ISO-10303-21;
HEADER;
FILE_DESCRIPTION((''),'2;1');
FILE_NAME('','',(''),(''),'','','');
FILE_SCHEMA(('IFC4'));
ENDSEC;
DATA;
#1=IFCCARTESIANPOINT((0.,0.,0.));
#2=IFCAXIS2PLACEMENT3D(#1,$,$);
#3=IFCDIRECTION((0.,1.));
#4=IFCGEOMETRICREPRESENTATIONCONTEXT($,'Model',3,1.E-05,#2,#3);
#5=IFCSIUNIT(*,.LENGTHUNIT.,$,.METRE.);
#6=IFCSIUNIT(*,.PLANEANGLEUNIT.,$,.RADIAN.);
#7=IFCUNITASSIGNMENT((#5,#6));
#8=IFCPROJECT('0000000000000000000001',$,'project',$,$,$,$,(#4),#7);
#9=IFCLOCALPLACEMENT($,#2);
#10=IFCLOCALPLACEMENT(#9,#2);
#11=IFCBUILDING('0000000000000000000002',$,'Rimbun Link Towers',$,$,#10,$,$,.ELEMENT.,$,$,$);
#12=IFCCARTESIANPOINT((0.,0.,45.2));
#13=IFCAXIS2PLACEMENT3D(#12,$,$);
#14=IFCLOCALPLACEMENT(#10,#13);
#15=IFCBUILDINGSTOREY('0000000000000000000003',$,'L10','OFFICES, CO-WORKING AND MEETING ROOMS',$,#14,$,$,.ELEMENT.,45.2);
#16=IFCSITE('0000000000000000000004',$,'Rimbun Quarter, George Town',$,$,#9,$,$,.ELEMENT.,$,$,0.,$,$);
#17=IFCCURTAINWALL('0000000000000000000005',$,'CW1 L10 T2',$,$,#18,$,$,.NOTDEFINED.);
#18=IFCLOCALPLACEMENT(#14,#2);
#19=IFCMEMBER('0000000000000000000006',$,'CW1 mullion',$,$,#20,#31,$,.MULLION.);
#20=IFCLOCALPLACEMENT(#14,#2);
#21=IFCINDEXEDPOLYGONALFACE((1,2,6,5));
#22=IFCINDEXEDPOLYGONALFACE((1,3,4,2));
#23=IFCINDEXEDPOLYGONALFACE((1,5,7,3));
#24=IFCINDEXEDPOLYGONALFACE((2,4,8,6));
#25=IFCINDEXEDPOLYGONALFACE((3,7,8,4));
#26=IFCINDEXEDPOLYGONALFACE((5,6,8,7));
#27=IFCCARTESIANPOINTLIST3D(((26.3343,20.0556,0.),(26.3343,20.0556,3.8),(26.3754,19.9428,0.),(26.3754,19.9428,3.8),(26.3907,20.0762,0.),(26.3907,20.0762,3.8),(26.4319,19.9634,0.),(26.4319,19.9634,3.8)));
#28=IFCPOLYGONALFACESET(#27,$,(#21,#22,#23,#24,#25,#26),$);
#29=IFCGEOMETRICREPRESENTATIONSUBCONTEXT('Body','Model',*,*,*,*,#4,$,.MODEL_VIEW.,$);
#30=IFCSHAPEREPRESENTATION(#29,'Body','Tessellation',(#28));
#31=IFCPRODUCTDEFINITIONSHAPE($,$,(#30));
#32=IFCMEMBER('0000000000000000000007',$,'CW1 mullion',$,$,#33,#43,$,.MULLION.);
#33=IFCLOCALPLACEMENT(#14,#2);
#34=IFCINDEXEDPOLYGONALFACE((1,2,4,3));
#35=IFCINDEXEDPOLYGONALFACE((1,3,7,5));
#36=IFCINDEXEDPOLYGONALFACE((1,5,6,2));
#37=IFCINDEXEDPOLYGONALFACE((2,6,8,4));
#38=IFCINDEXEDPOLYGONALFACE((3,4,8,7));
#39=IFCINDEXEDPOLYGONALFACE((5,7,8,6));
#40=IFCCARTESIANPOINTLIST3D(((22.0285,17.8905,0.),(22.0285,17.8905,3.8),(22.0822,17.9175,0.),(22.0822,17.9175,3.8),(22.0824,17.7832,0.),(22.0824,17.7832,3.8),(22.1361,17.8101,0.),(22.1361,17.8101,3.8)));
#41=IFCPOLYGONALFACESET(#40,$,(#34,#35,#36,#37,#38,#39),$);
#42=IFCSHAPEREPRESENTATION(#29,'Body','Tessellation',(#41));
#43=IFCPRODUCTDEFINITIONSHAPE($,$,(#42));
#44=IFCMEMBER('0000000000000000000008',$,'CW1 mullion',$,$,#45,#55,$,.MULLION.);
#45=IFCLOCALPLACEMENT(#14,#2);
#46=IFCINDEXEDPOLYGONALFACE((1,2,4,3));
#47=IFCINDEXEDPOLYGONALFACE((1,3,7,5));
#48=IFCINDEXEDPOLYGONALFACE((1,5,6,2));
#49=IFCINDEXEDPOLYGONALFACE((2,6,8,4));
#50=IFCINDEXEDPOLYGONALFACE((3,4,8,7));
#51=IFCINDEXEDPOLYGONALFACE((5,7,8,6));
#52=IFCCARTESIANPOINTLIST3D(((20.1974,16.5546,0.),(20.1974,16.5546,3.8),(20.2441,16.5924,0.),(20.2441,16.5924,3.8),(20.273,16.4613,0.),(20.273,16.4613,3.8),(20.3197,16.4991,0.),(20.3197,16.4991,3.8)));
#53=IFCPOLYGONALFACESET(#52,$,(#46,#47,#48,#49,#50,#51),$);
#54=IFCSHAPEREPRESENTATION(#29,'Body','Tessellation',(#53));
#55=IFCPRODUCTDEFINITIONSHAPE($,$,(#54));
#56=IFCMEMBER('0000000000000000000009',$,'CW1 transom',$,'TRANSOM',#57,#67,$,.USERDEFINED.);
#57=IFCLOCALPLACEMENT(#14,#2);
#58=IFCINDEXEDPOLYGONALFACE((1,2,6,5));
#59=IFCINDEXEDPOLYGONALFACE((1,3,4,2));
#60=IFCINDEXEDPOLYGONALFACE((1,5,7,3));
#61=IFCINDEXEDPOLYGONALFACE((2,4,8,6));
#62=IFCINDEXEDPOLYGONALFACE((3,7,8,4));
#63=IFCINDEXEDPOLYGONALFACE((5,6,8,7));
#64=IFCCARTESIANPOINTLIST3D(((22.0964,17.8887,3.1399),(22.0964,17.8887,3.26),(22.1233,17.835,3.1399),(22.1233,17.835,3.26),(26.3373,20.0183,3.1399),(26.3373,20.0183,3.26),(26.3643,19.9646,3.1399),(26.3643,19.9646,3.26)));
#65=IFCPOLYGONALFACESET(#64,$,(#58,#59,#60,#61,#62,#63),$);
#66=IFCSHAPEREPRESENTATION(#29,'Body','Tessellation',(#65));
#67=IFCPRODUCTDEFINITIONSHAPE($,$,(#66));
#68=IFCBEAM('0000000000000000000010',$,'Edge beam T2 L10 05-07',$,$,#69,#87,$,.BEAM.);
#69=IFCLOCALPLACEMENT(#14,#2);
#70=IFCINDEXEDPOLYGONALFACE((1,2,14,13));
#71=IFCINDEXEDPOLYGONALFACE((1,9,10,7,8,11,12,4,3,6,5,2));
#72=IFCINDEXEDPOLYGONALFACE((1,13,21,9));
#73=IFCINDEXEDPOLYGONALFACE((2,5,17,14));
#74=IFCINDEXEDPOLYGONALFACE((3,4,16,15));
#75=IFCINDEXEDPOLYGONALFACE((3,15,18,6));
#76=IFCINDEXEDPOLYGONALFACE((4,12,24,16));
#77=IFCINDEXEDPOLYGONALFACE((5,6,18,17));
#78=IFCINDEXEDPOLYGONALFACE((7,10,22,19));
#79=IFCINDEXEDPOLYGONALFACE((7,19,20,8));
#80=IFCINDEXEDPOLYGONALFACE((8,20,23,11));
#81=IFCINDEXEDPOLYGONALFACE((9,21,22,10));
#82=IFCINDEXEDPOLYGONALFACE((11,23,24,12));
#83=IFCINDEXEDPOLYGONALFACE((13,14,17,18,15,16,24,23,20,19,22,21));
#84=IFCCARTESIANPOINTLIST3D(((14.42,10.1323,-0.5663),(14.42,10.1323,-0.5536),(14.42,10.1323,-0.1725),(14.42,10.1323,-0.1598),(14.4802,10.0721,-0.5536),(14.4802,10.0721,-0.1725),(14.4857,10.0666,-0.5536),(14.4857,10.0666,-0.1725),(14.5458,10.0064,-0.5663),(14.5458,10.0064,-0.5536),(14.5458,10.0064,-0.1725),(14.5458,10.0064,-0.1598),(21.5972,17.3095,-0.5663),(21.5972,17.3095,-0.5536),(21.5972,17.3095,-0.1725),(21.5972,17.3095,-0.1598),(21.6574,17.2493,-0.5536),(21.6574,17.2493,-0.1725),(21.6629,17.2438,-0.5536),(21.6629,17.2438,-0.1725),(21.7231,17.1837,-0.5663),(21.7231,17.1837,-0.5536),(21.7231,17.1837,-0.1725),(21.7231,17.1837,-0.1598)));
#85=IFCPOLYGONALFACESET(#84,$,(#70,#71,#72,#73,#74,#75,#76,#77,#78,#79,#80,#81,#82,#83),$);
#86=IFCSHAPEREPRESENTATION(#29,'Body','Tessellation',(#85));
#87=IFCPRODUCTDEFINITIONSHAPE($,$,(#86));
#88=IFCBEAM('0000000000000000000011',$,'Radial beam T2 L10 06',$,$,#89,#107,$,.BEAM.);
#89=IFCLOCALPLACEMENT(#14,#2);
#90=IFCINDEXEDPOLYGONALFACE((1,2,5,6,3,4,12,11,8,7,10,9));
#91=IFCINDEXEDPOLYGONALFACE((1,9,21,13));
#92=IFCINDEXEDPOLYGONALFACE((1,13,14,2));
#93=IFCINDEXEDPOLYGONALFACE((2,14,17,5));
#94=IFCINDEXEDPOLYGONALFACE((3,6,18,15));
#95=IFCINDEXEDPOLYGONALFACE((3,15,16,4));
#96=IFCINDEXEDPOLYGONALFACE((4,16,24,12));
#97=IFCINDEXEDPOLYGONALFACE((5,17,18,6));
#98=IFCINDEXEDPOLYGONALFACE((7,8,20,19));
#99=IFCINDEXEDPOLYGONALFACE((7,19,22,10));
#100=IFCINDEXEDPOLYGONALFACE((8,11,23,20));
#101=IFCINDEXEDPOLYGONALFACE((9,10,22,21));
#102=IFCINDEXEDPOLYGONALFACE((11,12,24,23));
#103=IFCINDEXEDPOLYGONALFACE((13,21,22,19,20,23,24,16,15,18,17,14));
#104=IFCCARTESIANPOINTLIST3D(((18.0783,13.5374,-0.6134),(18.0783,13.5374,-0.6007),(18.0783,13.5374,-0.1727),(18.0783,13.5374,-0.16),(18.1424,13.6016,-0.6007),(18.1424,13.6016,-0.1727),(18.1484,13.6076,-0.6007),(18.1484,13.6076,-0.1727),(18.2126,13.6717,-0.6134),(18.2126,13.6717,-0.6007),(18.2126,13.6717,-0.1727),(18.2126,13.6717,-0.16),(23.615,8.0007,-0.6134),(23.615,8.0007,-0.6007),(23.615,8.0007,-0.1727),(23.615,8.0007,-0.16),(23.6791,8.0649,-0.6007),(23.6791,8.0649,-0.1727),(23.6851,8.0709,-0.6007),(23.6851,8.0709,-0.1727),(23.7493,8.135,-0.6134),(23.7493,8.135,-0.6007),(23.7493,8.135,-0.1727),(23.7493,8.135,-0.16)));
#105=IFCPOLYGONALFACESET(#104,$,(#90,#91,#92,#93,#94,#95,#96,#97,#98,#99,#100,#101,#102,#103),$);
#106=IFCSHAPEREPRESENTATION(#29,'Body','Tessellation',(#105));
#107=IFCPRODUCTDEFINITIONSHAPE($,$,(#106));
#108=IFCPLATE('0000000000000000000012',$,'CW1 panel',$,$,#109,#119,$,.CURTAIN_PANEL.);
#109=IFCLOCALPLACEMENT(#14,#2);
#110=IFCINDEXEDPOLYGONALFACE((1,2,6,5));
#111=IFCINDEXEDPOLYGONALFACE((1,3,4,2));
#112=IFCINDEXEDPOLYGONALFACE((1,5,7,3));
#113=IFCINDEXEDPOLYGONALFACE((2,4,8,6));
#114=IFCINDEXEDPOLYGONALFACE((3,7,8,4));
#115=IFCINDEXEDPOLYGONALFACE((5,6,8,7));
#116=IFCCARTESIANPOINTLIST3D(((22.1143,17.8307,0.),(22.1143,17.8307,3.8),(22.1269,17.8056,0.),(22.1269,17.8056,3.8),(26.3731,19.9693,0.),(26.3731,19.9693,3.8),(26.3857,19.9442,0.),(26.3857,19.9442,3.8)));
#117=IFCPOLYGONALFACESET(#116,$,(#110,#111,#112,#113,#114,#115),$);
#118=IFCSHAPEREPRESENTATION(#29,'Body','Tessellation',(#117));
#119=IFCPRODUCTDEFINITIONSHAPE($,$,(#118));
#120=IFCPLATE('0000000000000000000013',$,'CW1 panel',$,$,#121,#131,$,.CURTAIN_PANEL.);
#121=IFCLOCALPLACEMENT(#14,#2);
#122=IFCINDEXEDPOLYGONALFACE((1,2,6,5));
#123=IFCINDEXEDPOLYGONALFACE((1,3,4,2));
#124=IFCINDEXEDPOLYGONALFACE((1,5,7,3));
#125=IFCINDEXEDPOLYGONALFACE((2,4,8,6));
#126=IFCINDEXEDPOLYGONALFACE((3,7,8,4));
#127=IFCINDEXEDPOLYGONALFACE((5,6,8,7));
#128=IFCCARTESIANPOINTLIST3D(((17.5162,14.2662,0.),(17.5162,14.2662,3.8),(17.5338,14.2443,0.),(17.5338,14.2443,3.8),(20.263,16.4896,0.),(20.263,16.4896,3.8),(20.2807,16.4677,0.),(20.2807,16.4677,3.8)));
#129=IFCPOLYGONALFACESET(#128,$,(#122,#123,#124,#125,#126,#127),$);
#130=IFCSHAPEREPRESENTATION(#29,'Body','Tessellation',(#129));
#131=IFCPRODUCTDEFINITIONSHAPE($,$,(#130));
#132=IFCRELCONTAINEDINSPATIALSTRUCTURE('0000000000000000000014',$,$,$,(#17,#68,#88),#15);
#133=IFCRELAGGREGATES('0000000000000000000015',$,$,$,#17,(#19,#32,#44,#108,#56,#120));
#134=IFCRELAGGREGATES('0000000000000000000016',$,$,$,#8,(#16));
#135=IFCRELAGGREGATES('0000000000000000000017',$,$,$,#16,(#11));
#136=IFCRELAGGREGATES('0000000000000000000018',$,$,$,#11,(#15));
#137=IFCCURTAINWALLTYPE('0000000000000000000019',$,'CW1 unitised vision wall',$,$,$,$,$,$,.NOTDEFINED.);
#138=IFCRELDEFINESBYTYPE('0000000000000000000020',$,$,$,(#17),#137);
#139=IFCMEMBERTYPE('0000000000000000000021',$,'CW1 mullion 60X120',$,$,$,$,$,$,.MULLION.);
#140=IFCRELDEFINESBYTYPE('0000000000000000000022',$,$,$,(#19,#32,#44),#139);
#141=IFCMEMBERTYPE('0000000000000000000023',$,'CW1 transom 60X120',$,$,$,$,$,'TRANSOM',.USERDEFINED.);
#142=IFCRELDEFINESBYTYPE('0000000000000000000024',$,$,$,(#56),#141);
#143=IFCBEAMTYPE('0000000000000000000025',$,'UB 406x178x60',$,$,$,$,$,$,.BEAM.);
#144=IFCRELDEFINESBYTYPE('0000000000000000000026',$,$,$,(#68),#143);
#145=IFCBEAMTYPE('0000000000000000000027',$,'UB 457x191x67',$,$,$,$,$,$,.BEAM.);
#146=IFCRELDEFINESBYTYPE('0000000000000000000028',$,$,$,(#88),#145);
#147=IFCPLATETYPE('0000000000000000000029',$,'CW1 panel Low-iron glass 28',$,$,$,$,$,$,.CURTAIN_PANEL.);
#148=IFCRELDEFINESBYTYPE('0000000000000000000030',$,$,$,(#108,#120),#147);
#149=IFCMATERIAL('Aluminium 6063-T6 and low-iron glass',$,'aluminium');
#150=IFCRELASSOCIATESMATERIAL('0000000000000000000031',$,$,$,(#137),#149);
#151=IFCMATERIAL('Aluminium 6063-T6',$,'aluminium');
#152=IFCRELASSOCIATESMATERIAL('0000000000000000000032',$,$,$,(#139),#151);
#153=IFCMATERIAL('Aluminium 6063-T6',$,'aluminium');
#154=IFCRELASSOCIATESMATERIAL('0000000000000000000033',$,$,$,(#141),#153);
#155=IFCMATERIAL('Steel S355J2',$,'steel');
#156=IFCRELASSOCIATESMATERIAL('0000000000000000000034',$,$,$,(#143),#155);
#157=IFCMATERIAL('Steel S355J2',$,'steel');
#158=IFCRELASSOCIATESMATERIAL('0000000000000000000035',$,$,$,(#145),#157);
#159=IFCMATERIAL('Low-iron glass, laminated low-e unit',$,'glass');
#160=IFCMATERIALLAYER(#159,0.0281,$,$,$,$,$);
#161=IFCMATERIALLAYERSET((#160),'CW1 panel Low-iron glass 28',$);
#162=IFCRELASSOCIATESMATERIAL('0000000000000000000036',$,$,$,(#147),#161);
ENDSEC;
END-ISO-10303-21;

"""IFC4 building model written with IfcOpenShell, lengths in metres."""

from ifc_helpers import new_model, si_unit, direction, frame, origin, origin_2d, place, context, subcontext, project, spatial, rectangle, i_section, extrude, material, layer, layer_set, material_profile, profile_set, type_object, element, aggregate, save


model = new_model("IFC4")

# Units and contexts
model_context = context("Model", 3, precision=1e-05, world=origin(), true_north=direction((0.0, 1.0)))
body_context = subcontext(model_context, "Body", "Model", "MODEL_VIEW")
ifc_project = project(units=[si_unit("LENGTHUNIT", "METRE"), si_unit("PLANEANGLEUNIT", "RADIAN")], contexts=[model_context])

# Site, building, storey
site_placement = place(None, origin())
site = spatial("IfcSite", under=ifc_project, at=site_placement, Name="Rimbun Quarter, George Town", CompositionType="ELEMENT", RefElevation=0.0)
building_placement = place(site_placement, origin())
building = spatial("IfcBuilding", under=site, at=building_placement, Name="Rimbun Link Towers", CompositionType="ELEMENT")
storey_placement = place(building_placement, frame((0.0, 0.0, 45.2)))
storey = spatial("IfcBuildingStorey", under=building, at=storey_placement, Name="L10", Description="OFFICES, CO-WORKING AND MEETING ROOMS", CompositionType="ELEMENT", Elevation=45.2)

# Curtain wall, members
ifc_material_1 = material(Name="Aluminium 6063-T6 and low-iron glass", Category="aluminium")
curtain_wall_type = type_object("IfcCurtainWallType", Name="CW1 unitised vision wall", PredefinedType="NOTDEFINED", material=ifc_material_1)
curtain_wall_placement = place(storey_placement, origin())
curtain_wall = element("IfcCurtainWall", 1, at=curtain_wall_placement, inside=storey, type_object=curtain_wall_type, Name="CW1 L10 T2", PredefinedType="NOTDEFINED")
ifc_material_2 = material(Name="Aluminium 6063-T6", Category="aluminium")
ifc_material_profile_1 = material_profile(ifc_material_2, rectangle(XDim=0.1201, YDim=0.0601, at=origin_2d()), Name="MULLION 60X120")
ifc_profile_set_1 = profile_set([ifc_material_profile_1], Name="Aluminium 6063-T6")
member_type_1 = type_object("IfcMemberType", Name="CW1 mullion 60X120", PredefinedType="MULLION", material=ifc_profile_set_1)
member_1_placement = place(storey_placement, frame((26.3831, 20.0095, 0.0), z_axis=(0.0, 0.0, 1.0), x_axis=(-0.342966, 0.939348, 0.0)))
member_1 = element("IfcMember", 2, at=member_1_placement, type_object=member_type_1, Name="CW1 mullion", PredefinedType="MULLION", context=body_context, shape_type="SweptSolid", body=[
    extrude(rectangle(XDim=0.1201, YDim=0.0601, at=origin_2d()), origin(), (0.0, 0.0, 1.0), 3.8),
])
member_2_placement = place(storey_placement, frame((22.0823, 17.8503, 0.0), z_axis=(0.0, 0.0, 1.0), x_axis=(-0.448766, 0.893649, 0.0)))
member_2 = element("IfcMember", 3, at=member_2_placement, type_object=member_type_1, Name="CW1 mullion", PredefinedType="MULLION", context=body_context, shape_type="SweptSolid", body=[
    extrude(rectangle(XDim=0.1201, YDim=0.0601, at=origin_2d()), origin(), (0.0, 0.0, 1.0), 3.8),
])
member_3_placement = place(storey_placement, frame((20.2585, 16.5269, 0.0), z_axis=(0.0, 0.0, 1.0), x_axis=(-0.629155, 0.77728, 0.0)))
member_3 = element("IfcMember", 4, at=member_3_placement, type_object=member_type_1, Name="CW1 mullion", PredefinedType="MULLION", context=body_context, shape_type="SweptSolid", body=[
    extrude(rectangle(XDim=0.1201, YDim=0.0601, at=origin_2d()), origin(), (0.0, 0.0, 1.0), 3.8),
])
ifc_material_3 = material(Name="Aluminium 6063-T6", Category="aluminium")
ifc_material_profile_2 = material_profile(ifc_material_3, rectangle(XDim=0.0601, YDim=0.1201, at=origin_2d()), Name="TRANSOM 60X120")
ifc_profile_set_2 = profile_set([ifc_material_profile_2], Name="Aluminium 6063-T6")
member_type_2 = type_object("IfcMemberType", Name="CW1 transom 60X120", ElementType="TRANSOM", PredefinedType="USERDEFINED", material=ifc_profile_set_2)
member_4_placement = place(storey_placement, frame((22.1099, 17.8618, 3.2), z_axis=(0.893654, 0.448756, 0.0), x_axis=(-0.448756, 0.893654, 0.0)))
member_4 = element("IfcMember", 5, at=member_4_placement, type_object=member_type_2, Name="CW1 transom", ObjectType="TRANSOM", PredefinedType="USERDEFINED", context=body_context, shape_type="SweptSolid", body=[
    extrude(rectangle(XDim=0.0601, YDim=0.1201, at=origin_2d()), origin(), (0.0, 0.0, 1.0), 4.7456),
])

# Beams
ifc_material_4 = material(Name="Steel S355J2", Category="steel")
ifc_material_profile_3 = material_profile(ifc_material_4, i_section(OverallWidth=0.178, OverallDepth=0.4065, WebThickness=0.0078, FlangeThickness=0.0127, at=origin_2d()), Name="UB 406x178x60")
ifc_profile_set_3 = profile_set([ifc_material_profile_3], Name="Steel S355J2")
beam_type_1 = type_object("IfcBeamType", Name="UB 406x178x60", PredefinedType="BEAM", material=ifc_profile_set_3)
beam_1_placement = place(storey_placement, frame((21.6602, 17.2466, -0.363), z_axis=(-0.707107, -0.707107, 0.0), x_axis=(0.707107, -0.707107, 0.0)))
element("IfcBeam", 6, at=beam_1_placement, inside=storey, type_object=beam_type_1, Name="Edge beam T2 L10 05-07", PredefinedType="BEAM", context=body_context, shape_type="SweptSolid", body=[
    extrude(i_section(OverallWidth=0.178, OverallDepth=0.4065, WebThickness=0.0078, FlangeThickness=0.0127, at=origin_2d()), origin(), (0.0, 0.0, 1.0), 10.1501),
])
ifc_material_5 = material(Name="Steel S355J2", Category="steel")
ifc_material_profile_4 = material_profile(ifc_material_5, i_section(OverallWidth=0.1899, OverallDepth=0.4534, WebThickness=0.0085, FlangeThickness=0.0127, at=origin_2d()), Name="UB 457x191x67")
ifc_profile_set_4 = profile_set([ifc_material_profile_4], Name="Steel S355J2")
beam_type_2 = type_object("IfcBeamType", Name="UB 457x191x67", PredefinedType="BEAM", material=ifc_profile_set_4)
beam_2_placement = place(storey_placement, frame((23.6821, 8.0679, -0.3867), z_axis=(-0.707107, 0.707107, 0.0), x_axis=(-0.707107, -0.707107, 0.0)))
element("IfcBeam", 7, at=beam_2_placement, inside=storey, type_object=beam_type_2, Name="Radial beam T2 L10 06", PredefinedType="BEAM", context=body_context, shape_type="SweptSolid", body=[
    extrude(i_section(OverallWidth=0.1899, OverallDepth=0.4534, WebThickness=0.0085, FlangeThickness=0.0127, at=origin_2d()), origin(), (0.0, 0.0, 1.0), 7.8301),
])

# Plates
ifc_material_6 = material(Name="Low-iron glass, laminated low-e unit", Category="glass")
ifc_layer_1 = layer(ifc_material_6, 0.0281)
ifc_layer_set_1 = layer_set([ifc_layer_1], Name="CW1 panel Low-iron glass 28")
plate_type = type_object("IfcPlateType", Name="CW1 panel Low-iron glass 28", PredefinedType="CURTAIN_PANEL", material=ifc_layer_set_1)
plate_1_placement = place(storey_placement, frame((24.25, 18.8875, 0.0), z_axis=(0.0, 0.0, 1.0), x_axis=(0.893649, 0.448766, 0.0)))
plate_1 = element("IfcPlate", 8, at=plate_1_placement, type_object=plate_type, Name="CW1 panel", PredefinedType="CURTAIN_PANEL", context=body_context, shape_type="SweptSolid", body=[
    extrude(rectangle(XDim=4.7656, YDim=0.0281, at=origin_2d()), origin(), (0.0, 0.0, 1.0), 3.8),
])
plate_2_placement = place(storey_placement, frame((18.8984, 15.3669, 0.0), z_axis=(0.0, 0.0, 1.0), x_axis=(0.77728, 0.629155, 0.0)))
plate_2 = element("IfcPlate", 9, at=plate_2_placement, type_object=plate_type, Name="CW1 panel", PredefinedType="CURTAIN_PANEL", context=body_context, shape_type="SweptSolid", body=[
    extrude(rectangle(XDim=3.5339, YDim=0.0281, at=origin_2d()), origin(), (0.0, 0.0, 1.0), 3.8),
])
aggregate(curtain_wall, [member_1, member_2, member_3, plate_1, member_4, plate_2])

save(model, "model.ifc")
